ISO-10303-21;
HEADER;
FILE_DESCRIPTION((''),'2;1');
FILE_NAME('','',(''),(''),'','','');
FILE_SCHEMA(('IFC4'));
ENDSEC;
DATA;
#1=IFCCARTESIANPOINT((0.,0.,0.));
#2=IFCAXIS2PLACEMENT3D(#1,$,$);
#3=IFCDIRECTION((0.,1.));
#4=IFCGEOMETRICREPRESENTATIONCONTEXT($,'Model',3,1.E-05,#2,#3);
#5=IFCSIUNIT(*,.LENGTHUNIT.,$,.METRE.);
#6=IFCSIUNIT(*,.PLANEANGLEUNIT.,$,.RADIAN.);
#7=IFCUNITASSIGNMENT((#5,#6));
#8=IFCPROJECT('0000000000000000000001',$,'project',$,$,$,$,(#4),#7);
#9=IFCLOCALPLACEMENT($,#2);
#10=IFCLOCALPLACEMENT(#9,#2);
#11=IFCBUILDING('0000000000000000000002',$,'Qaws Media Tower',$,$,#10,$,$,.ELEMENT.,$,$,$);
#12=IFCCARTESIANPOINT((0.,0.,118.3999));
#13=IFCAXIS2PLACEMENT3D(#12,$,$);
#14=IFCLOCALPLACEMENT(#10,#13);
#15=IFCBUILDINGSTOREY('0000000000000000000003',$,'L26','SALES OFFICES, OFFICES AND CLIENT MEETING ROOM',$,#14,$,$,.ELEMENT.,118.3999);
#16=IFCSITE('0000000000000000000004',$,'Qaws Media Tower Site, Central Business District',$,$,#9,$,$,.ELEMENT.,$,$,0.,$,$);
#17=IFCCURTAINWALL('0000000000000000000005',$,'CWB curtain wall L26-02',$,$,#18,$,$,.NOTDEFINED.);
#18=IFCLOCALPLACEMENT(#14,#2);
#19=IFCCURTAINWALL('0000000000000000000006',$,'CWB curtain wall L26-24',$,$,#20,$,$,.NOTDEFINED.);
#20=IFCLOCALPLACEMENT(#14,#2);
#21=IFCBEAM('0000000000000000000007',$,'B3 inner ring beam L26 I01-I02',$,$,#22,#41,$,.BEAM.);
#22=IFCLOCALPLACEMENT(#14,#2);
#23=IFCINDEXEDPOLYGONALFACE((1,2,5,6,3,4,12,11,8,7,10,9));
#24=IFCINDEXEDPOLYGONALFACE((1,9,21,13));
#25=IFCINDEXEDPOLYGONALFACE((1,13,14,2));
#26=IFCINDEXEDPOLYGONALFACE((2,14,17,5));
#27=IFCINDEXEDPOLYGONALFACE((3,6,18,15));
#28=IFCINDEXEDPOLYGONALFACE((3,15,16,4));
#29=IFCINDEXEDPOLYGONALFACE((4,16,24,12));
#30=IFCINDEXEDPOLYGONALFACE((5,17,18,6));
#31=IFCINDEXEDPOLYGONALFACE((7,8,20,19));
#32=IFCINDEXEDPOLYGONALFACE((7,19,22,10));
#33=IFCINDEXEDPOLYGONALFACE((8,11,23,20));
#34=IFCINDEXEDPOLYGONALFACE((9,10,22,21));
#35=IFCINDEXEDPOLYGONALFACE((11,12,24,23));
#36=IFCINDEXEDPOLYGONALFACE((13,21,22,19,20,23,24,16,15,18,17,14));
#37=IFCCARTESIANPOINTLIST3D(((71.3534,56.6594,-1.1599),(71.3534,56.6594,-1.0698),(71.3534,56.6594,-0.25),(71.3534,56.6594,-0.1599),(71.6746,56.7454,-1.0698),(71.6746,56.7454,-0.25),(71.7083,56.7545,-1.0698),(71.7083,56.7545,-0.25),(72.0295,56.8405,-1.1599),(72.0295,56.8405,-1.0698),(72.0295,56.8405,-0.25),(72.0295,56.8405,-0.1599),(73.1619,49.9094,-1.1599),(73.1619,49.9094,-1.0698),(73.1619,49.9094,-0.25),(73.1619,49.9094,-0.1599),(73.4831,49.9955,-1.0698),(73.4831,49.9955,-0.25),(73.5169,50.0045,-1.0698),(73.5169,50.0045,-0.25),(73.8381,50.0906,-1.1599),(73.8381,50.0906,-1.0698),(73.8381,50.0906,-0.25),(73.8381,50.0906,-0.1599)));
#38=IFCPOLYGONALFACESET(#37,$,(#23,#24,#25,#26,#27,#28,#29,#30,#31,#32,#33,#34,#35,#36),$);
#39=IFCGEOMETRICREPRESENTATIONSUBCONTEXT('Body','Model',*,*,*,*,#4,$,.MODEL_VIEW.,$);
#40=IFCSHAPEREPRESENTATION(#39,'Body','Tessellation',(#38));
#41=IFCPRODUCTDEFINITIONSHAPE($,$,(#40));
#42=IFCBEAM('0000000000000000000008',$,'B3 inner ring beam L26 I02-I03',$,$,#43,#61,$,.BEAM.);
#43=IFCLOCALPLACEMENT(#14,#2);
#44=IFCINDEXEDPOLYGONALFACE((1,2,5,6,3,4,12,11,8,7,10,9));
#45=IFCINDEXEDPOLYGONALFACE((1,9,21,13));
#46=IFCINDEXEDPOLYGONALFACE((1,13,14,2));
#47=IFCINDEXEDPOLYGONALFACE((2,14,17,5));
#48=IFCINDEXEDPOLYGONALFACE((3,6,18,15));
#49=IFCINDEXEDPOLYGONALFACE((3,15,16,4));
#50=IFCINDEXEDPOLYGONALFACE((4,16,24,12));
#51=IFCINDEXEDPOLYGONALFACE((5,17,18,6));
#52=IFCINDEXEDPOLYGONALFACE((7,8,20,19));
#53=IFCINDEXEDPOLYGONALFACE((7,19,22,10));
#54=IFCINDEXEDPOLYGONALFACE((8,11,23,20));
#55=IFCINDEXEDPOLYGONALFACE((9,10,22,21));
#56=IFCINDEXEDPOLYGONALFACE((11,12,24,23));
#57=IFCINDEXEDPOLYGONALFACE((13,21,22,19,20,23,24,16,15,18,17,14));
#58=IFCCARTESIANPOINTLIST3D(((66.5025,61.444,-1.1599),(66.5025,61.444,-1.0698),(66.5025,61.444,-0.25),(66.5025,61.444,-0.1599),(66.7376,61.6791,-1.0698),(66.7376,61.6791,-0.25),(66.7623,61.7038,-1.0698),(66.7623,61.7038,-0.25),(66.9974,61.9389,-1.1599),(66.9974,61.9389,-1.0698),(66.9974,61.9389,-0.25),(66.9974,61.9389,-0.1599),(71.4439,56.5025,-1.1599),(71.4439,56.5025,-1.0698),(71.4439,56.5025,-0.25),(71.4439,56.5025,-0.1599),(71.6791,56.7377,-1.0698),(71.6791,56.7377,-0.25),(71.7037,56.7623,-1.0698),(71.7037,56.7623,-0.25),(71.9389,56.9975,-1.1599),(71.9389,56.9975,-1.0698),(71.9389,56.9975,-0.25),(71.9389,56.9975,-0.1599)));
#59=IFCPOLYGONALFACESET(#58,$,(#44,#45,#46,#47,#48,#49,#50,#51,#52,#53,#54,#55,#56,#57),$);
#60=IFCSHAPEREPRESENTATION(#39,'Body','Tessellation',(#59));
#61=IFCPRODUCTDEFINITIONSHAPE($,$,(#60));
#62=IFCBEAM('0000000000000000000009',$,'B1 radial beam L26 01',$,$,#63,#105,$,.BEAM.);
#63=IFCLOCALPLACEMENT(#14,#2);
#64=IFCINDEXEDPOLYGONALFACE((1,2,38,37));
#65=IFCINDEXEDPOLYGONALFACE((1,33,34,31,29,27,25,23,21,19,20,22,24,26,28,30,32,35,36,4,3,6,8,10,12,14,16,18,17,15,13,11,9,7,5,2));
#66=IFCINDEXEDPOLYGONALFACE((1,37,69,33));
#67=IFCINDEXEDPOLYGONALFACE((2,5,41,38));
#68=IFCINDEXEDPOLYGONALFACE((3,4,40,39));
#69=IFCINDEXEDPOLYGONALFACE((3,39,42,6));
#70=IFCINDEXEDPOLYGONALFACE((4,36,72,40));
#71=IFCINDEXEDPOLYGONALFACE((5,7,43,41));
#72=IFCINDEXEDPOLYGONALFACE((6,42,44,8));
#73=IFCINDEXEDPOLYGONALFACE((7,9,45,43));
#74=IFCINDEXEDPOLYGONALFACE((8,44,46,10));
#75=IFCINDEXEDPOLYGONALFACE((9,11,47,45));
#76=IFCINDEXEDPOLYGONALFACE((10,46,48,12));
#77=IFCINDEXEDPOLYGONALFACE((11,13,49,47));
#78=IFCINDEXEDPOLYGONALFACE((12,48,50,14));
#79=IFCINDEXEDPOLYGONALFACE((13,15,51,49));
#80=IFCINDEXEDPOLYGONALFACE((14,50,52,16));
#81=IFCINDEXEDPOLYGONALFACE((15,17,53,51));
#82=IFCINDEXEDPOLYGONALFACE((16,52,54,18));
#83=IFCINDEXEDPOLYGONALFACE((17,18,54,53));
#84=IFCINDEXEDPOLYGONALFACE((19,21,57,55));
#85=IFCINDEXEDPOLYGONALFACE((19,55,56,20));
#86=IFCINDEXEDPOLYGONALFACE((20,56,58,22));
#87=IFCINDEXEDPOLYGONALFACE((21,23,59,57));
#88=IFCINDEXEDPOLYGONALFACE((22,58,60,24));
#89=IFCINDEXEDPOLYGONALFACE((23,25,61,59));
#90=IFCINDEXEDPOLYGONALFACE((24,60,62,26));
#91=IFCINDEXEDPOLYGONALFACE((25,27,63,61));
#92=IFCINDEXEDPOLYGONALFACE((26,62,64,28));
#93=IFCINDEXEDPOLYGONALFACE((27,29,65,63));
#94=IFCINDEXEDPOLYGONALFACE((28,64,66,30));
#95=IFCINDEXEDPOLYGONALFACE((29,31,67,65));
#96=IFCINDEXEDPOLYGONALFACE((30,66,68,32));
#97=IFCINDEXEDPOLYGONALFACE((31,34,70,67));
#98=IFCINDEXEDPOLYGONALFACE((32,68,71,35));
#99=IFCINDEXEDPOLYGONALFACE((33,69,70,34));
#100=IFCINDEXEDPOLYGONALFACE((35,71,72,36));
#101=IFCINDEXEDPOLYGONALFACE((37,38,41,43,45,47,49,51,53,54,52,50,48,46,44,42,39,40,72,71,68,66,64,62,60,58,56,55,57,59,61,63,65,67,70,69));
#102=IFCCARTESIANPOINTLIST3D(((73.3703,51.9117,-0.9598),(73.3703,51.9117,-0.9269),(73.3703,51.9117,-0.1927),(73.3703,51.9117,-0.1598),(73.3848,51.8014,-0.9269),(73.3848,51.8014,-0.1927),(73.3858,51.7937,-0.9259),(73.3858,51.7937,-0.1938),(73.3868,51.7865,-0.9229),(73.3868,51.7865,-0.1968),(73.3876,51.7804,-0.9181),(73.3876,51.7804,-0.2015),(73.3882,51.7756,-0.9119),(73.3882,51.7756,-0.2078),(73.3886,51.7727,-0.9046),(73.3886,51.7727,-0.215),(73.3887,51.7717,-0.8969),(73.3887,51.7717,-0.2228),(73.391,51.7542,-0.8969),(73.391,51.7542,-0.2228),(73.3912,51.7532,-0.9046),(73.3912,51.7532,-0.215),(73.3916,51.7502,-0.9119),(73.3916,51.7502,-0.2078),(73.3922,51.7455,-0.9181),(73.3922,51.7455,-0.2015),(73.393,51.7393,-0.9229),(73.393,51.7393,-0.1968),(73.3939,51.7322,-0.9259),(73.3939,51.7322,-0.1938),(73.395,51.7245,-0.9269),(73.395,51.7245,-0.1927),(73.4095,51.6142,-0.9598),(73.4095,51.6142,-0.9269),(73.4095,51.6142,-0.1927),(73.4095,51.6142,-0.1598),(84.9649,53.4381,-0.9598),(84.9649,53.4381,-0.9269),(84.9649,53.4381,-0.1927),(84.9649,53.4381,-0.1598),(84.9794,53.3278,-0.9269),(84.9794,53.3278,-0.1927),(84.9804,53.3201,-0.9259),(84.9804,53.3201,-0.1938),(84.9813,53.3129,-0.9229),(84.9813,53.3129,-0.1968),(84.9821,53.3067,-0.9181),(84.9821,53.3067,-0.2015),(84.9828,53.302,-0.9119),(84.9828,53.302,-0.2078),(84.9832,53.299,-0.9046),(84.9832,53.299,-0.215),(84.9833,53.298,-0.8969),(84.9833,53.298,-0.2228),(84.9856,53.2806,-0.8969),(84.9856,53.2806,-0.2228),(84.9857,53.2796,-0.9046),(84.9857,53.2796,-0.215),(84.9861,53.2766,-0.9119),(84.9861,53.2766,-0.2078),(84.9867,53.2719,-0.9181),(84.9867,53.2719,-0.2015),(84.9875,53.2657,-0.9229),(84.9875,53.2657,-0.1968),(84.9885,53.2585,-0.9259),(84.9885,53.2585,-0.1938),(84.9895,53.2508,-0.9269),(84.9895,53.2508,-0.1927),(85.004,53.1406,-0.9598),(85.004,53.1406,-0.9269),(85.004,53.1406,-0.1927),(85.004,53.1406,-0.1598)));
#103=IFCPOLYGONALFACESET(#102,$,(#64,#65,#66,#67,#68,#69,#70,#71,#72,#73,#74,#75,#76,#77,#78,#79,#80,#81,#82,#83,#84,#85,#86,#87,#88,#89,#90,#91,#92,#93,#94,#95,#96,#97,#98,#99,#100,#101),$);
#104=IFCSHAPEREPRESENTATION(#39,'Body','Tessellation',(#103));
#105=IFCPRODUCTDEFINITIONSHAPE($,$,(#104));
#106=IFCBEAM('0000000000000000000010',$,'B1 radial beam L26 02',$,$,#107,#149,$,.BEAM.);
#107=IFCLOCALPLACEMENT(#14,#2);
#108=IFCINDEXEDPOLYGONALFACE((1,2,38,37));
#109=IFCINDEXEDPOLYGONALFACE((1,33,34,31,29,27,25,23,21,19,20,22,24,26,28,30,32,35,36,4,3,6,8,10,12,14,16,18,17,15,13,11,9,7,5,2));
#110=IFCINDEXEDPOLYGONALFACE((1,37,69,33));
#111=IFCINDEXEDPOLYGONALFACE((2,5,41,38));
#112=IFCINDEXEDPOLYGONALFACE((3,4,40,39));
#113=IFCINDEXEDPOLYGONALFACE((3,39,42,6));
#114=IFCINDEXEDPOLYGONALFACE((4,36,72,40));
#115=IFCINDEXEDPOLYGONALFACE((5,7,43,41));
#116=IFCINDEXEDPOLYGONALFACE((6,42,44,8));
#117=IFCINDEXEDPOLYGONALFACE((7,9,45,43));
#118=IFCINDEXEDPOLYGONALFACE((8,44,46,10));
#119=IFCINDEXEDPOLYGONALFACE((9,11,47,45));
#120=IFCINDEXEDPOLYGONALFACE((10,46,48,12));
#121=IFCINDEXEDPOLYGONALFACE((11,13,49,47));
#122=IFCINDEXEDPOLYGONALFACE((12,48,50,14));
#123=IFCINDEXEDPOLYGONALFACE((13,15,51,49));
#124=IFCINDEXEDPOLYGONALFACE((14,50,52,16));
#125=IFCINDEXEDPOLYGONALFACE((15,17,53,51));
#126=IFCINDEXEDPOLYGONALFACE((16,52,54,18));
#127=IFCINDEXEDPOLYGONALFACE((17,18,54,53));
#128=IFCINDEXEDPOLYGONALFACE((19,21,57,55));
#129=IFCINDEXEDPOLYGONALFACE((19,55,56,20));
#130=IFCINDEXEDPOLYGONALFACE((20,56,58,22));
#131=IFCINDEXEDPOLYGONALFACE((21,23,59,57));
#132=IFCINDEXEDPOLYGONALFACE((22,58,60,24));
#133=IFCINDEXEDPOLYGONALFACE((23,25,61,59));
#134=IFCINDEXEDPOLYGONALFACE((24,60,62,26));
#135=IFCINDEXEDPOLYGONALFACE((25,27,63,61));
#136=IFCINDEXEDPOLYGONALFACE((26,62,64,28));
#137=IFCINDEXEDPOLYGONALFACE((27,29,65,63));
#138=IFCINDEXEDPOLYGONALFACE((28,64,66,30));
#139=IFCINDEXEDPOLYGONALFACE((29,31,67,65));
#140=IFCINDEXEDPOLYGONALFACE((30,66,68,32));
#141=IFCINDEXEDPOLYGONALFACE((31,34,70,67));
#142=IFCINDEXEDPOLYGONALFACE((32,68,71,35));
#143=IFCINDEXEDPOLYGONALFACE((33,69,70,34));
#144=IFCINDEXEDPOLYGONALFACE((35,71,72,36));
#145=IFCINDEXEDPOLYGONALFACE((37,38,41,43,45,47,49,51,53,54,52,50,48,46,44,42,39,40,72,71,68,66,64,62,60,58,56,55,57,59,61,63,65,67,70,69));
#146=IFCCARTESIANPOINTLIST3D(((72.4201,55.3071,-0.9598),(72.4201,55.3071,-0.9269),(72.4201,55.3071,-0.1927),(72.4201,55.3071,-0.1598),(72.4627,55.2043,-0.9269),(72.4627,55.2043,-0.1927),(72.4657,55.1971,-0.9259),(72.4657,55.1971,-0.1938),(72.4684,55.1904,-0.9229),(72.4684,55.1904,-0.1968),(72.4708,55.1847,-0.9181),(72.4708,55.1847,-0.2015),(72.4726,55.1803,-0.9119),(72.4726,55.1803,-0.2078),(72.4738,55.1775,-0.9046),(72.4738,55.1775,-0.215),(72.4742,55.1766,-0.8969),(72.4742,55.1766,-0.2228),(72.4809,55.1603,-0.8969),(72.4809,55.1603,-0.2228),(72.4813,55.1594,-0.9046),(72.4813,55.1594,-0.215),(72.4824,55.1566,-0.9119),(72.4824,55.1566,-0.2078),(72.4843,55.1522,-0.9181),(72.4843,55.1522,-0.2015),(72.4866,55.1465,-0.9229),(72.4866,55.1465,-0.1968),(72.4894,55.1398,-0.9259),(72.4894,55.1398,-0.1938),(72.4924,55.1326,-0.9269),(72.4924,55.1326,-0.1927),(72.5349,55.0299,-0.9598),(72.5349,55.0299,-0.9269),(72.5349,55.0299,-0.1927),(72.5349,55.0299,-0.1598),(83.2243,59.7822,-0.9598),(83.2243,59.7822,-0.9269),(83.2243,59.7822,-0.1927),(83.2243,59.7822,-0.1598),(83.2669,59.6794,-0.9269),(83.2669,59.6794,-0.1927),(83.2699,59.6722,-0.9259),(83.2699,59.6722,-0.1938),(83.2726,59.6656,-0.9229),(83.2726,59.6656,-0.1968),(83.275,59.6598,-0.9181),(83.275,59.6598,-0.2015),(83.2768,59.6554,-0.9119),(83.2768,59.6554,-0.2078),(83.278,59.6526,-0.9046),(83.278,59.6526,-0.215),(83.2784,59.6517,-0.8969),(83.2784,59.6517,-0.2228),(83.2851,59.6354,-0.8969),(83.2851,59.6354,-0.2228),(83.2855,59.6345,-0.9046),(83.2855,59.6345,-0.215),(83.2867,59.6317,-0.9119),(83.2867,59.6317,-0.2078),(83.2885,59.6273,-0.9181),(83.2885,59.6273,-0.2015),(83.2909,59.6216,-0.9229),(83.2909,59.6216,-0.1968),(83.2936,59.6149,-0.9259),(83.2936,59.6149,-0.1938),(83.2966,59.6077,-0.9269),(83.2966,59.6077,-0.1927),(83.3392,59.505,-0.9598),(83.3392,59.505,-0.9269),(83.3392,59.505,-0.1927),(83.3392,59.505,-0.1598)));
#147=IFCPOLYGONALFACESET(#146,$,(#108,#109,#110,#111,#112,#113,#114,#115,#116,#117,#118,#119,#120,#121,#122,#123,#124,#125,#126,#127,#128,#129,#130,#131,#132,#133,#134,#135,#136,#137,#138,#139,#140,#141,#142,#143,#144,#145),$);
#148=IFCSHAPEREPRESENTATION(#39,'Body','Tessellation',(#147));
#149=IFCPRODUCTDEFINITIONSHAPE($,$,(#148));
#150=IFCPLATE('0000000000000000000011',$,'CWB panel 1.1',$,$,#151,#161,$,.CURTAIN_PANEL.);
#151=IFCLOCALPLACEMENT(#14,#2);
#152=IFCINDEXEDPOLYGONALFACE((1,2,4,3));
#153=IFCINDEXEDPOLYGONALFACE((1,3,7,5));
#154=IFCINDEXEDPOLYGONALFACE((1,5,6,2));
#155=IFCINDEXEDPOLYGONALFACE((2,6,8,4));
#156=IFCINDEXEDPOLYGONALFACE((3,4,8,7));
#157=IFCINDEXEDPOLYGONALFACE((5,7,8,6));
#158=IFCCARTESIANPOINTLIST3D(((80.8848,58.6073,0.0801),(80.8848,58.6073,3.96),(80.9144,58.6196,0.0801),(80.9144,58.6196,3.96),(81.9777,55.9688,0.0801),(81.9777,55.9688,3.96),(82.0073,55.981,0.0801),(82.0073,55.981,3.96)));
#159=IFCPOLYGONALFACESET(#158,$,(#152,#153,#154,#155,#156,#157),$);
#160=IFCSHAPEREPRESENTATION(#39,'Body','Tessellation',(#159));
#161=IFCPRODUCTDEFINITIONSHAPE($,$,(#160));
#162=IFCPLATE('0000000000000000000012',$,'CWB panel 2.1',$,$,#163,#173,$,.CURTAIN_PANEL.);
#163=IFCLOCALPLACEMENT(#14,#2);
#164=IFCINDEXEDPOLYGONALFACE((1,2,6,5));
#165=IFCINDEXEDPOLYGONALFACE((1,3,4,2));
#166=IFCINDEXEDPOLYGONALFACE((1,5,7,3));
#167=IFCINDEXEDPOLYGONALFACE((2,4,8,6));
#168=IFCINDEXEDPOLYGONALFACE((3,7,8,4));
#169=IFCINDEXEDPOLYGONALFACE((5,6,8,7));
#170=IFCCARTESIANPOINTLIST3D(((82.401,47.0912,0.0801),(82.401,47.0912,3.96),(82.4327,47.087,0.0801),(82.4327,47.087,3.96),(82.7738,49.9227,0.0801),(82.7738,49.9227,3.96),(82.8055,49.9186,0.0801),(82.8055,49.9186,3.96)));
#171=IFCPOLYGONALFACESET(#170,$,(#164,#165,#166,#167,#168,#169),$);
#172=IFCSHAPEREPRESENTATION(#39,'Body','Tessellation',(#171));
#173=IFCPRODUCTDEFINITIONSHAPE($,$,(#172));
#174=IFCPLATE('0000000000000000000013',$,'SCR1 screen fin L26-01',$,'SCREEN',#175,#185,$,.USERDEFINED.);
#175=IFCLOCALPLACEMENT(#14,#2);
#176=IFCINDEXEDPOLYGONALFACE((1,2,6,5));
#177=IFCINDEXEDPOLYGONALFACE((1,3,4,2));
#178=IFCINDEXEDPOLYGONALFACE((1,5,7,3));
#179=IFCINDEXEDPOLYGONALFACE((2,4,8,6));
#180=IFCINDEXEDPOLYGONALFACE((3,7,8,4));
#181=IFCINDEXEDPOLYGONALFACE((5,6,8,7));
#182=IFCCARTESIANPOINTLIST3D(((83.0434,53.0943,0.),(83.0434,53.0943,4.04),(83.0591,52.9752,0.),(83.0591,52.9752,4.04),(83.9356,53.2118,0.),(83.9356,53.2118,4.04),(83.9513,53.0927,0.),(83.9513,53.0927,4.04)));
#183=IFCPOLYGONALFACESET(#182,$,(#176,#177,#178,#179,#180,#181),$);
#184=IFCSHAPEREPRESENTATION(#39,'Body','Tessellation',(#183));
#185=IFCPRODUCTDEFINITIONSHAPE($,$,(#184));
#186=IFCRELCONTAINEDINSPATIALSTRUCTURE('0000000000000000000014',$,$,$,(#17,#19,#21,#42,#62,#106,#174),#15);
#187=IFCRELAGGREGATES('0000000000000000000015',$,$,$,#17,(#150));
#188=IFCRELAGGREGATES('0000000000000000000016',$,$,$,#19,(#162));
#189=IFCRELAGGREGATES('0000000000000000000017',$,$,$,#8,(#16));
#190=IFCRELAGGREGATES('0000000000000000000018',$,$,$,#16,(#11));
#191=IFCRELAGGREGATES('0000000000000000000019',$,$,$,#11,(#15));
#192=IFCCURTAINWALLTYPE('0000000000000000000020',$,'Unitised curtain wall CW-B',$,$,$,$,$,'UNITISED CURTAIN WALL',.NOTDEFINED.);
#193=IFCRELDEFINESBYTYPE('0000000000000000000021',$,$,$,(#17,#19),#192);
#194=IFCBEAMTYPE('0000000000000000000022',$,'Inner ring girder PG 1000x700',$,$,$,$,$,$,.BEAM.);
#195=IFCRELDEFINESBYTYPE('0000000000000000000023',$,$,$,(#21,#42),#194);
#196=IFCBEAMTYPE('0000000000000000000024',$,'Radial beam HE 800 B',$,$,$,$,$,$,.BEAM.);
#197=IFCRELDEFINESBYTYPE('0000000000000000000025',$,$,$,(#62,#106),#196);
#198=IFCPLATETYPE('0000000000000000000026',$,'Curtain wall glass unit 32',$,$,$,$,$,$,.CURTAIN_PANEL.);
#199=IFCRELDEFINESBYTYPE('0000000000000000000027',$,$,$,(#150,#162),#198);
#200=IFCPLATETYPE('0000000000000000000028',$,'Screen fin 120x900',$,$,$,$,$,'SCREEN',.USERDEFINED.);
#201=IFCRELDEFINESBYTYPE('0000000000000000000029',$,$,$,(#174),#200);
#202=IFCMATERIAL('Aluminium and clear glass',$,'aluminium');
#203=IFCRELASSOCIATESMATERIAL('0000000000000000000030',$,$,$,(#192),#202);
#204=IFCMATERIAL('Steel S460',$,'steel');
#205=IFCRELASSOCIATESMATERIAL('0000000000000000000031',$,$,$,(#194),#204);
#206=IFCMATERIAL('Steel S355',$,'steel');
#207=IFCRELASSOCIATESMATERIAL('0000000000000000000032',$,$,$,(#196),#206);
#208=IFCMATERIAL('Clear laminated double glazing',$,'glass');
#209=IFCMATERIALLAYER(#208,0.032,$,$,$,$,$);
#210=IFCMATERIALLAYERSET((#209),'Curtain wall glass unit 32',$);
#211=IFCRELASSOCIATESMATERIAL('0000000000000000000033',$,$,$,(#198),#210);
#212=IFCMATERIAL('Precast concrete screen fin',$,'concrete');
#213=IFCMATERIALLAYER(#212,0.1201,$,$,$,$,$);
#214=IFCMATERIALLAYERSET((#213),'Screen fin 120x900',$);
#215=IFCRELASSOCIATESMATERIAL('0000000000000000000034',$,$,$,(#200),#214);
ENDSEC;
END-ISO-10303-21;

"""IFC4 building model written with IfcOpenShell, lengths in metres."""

from ifc_helpers import new_model, si_unit, direction, frame, origin, origin_2d, place, context, subcontext, project, spatial, rectangle, i_section, extrude, material, layer, layer_set, material_profile, profile_set, type_object, element, aggregate, save


model = new_model("IFC4")

# Units and contexts
model_context = context("Model", 3, precision=1e-05, world=origin(), true_north=direction((0.0, 1.0)))
body_context = subcontext(model_context, "Body", "Model", "MODEL_VIEW")
ifc_project = project(units=[si_unit("LENGTHUNIT", "METRE"), si_unit("PLANEANGLEUNIT", "RADIAN")], contexts=[model_context])

# Site, building, storey
site_placement = place(None, origin())
site = spatial("IfcSite", under=ifc_project, at=site_placement, Name="Qaws Media Tower Site, Central Business District", CompositionType="ELEMENT", RefElevation=0.0)
building_placement = place(site_placement, origin())
building = spatial("IfcBuilding", under=site, at=building_placement, Name="Qaws Media Tower", CompositionType="ELEMENT")
storey_placement = place(building_placement, frame((0.0, 0.0, 118.3999)))
storey = spatial("IfcBuildingStorey", under=building, at=storey_placement, Name="L26", Description="SALES OFFICES, OFFICES AND CLIENT MEETING ROOM", CompositionType="ELEMENT", Elevation=118.3999)

# Curtain wall
ifc_material_1 = material(Name="Aluminium and clear glass", Category="aluminium")
curtain_wall_type = type_object("IfcCurtainWallType", Name="Unitised curtain wall CW-B", ElementType="UNITISED CURTAIN WALL", PredefinedType="NOTDEFINED", material=ifc_material_1)
curtain_wall_1_placement = place(storey_placement, origin())
curtain_wall_1 = element("IfcCurtainWall", 1, at=curtain_wall_1_placement, inside=storey, type_object=curtain_wall_type, Name="CWB curtain wall L26-02", PredefinedType="NOTDEFINED")

# Curtain wall
curtain_wall_2_placement = place(storey_placement, origin())
curtain_wall_2 = element("IfcCurtainWall", 2, at=curtain_wall_2_placement, inside=storey, type_object=curtain_wall_type, Name="CWB curtain wall L26-24", PredefinedType="NOTDEFINED")

# Beams
ifc_material_2 = material(Name="Steel S460", Category="steel")
ifc_material_profile_1 = material_profile(ifc_material_2, i_section(OverallWidth=0.7, OverallDepth=1.0, WebThickness=0.0349, FlangeThickness=0.0901, at=origin_2d()), Name="PG 1000x700")
ifc_profile_set_1 = profile_set([ifc_material_profile_1], Name="Steel S460")
beam_type_1 = type_object("IfcBeamType", Name="Inner ring girder PG 1000x700", PredefinedType="BEAM", material=ifc_profile_set_1)
beam_1_placement = place(storey_placement, frame((73.5, 50.0, -0.6599), z_axis=(-0.258811, 0.965928, 0.0), x_axis=(-0.965928, -0.258811, 0.0)))
element("IfcBeam", 3, at=beam_1_placement, inside=storey, type_object=beam_type_1, Name="B3 inner ring beam L26 I01-I02", PredefinedType="BEAM", context=body_context, shape_type="SweptSolid", body=[
    extrude(i_section(OverallWidth=0.7, OverallDepth=1.0, WebThickness=0.0349, FlangeThickness=0.0901, at=origin_2d()), origin(), (0.0, 0.0, 1.0), 6.988),
])
beam_2_placement = place(storey_placement, frame((71.6914, 56.75, -0.6599), z_axis=(-0.707107, 0.707107, 0.0), x_axis=(-0.707107, -0.707107, 0.0)))
element("IfcBeam", 4, at=beam_2_placement, inside=storey, type_object=beam_type_1, Name="B3 inner ring beam L26 I02-I03", PredefinedType="BEAM", context=body_context, shape_type="SweptSolid", body=[
    extrude(i_section(OverallWidth=0.7, OverallDepth=1.0, WebThickness=0.0349, FlangeThickness=0.0901, at=origin_2d()), origin(), (0.0, 0.0, 1.0), 6.9883),
])
ifc_material_3 = material(Name="Steel S355", Category="steel")
ifc_material_profile_2 = material_profile(ifc_material_3, i_section(OverallWidth=0.3, OverallDepth=0.8, WebThickness=0.0176, FlangeThickness=0.033, FilletRadius=0.03, at=origin_2d()), Name="HE 800 B")
ifc_profile_set_2 = profile_set([ifc_material_profile_2], Name="Steel S355")
beam_type_2 = type_object("IfcBeamType", Name="Radial beam HE 800 B", PredefinedType="BEAM", material=ifc_profile_set_2)
beam_3_placement = place(storey_placement, frame((73.3899, 51.7629, -0.5598), z_axis=(0.991446, 0.13052, 0.0), x_axis=(-0.13052, 0.991446, 0.0)))
element("IfcBeam", 5, at=beam_3_placement, inside=storey, type_object=beam_type_2, Name="B1 radial beam L26 01", PredefinedType="BEAM", context=body_context, shape_type="SweptSolid", body=[
    extrude(i_section(OverallWidth=0.3, OverallDepth=0.8, WebThickness=0.0176, FlangeThickness=0.033, FilletRadius=0.03, at=origin_2d()), origin(), (0.0, 0.0, 1.0), 11.6946),
])
beam_4_placement = place(storey_placement, frame((72.4775, 55.1685, -0.5598), z_axis=(0.923884, 0.382673, 0.0), x_axis=(-0.382673, 0.923884, 0.0)))
element("IfcBeam", 6, at=beam_4_placement, inside=storey, type_object=beam_type_2, Name="B1 radial beam L26 02", PredefinedType="BEAM", context=body_context, shape_type="SweptSolid", body=[
    extrude(i_section(OverallWidth=0.3, OverallDepth=0.8, WebThickness=0.0176, FlangeThickness=0.033, FilletRadius=0.03, at=origin_2d()), origin(), (0.0, 0.0, 1.0), 11.6943),
])

# Plates
ifc_material_4 = material(Name="Clear laminated double glazing", Category="glass")
ifc_layer_1 = layer(ifc_material_4, 0.032)
ifc_layer_set_1 = layer_set([ifc_layer_1], Name="Curtain wall glass unit 32")
plate_type_1 = type_object("IfcPlateType", Name="Curtain wall glass unit 32", PredefinedType="CURTAIN_PANEL", material=ifc_layer_set_1)
plate_1_placement = place(storey_placement, frame((81.446, 57.2942, 0.0801), z_axis=(0.0, 0.0, 1.0), x_axis=(-0.382683, 0.92388, 0.0)))
plate_1 = element("IfcPlate", 7, at=plate_1_placement, type_object=plate_type_1, Name="CWB panel 1.1", PredefinedType="CURTAIN_PANEL", context=body_context, shape_type="SweptSolid", body=[
    extrude(rectangle(XDim=2.856, YDim=0.032, at=origin_2d()), origin(), (0.0, 0.0, 1.0), 3.8799),
])
aggregate(curtain_wall_1, [plate_1])
plate_2_placement = place(storey_placement, frame((82.6033, 48.5049, 0.0801), z_axis=(0.0, 0.0, 1.0), x_axis=(0.130526, 0.991445, 0.0)))
plate_2 = element("IfcPlate", 8, at=plate_2_placement, type_object=plate_type_1, Name="CWB panel 2.1", PredefinedType="CURTAIN_PANEL", context=body_context, shape_type="SweptSolid", body=[
    extrude(rectangle(XDim=2.856, YDim=0.032, at=origin_2d()), origin(), (0.0, 0.0, 1.0), 3.8799),
])
aggregate(curtain_wall_2, [plate_2])
ifc_material_5 = material(Name="Precast concrete screen fin", Category="concrete")
ifc_layer_2 = layer(ifc_material_5, 0.1201)
ifc_layer_set_2 = layer_set([ifc_layer_2], Name="Screen fin 120x900")
plate_type_2 = type_object("IfcPlateType", Name="Screen fin 120x900", ElementType="SCREEN", PredefinedType="USERDEFINED", material=ifc_layer_set_2)
plate_3_placement = place(storey_placement, frame((83.4973, 53.0935, 0.0), z_axis=(0.0, 0.0, 1.0), x_axis=(0.991445, 0.130526, 0.0)))
element("IfcPlate", 9, at=plate_3_placement, inside=storey, type_object=plate_type_2, Name="SCR1 screen fin L26-01", ObjectType="SCREEN", PredefinedType="USERDEFINED", context=body_context, shape_type="SweptSolid", body=[
    extrude(rectangle(XDim=0.8999, YDim=0.1201, at=origin_2d()), origin(), (0.0, 0.0, 1.0), 4.04),
])

save(model, "model.ifc")
